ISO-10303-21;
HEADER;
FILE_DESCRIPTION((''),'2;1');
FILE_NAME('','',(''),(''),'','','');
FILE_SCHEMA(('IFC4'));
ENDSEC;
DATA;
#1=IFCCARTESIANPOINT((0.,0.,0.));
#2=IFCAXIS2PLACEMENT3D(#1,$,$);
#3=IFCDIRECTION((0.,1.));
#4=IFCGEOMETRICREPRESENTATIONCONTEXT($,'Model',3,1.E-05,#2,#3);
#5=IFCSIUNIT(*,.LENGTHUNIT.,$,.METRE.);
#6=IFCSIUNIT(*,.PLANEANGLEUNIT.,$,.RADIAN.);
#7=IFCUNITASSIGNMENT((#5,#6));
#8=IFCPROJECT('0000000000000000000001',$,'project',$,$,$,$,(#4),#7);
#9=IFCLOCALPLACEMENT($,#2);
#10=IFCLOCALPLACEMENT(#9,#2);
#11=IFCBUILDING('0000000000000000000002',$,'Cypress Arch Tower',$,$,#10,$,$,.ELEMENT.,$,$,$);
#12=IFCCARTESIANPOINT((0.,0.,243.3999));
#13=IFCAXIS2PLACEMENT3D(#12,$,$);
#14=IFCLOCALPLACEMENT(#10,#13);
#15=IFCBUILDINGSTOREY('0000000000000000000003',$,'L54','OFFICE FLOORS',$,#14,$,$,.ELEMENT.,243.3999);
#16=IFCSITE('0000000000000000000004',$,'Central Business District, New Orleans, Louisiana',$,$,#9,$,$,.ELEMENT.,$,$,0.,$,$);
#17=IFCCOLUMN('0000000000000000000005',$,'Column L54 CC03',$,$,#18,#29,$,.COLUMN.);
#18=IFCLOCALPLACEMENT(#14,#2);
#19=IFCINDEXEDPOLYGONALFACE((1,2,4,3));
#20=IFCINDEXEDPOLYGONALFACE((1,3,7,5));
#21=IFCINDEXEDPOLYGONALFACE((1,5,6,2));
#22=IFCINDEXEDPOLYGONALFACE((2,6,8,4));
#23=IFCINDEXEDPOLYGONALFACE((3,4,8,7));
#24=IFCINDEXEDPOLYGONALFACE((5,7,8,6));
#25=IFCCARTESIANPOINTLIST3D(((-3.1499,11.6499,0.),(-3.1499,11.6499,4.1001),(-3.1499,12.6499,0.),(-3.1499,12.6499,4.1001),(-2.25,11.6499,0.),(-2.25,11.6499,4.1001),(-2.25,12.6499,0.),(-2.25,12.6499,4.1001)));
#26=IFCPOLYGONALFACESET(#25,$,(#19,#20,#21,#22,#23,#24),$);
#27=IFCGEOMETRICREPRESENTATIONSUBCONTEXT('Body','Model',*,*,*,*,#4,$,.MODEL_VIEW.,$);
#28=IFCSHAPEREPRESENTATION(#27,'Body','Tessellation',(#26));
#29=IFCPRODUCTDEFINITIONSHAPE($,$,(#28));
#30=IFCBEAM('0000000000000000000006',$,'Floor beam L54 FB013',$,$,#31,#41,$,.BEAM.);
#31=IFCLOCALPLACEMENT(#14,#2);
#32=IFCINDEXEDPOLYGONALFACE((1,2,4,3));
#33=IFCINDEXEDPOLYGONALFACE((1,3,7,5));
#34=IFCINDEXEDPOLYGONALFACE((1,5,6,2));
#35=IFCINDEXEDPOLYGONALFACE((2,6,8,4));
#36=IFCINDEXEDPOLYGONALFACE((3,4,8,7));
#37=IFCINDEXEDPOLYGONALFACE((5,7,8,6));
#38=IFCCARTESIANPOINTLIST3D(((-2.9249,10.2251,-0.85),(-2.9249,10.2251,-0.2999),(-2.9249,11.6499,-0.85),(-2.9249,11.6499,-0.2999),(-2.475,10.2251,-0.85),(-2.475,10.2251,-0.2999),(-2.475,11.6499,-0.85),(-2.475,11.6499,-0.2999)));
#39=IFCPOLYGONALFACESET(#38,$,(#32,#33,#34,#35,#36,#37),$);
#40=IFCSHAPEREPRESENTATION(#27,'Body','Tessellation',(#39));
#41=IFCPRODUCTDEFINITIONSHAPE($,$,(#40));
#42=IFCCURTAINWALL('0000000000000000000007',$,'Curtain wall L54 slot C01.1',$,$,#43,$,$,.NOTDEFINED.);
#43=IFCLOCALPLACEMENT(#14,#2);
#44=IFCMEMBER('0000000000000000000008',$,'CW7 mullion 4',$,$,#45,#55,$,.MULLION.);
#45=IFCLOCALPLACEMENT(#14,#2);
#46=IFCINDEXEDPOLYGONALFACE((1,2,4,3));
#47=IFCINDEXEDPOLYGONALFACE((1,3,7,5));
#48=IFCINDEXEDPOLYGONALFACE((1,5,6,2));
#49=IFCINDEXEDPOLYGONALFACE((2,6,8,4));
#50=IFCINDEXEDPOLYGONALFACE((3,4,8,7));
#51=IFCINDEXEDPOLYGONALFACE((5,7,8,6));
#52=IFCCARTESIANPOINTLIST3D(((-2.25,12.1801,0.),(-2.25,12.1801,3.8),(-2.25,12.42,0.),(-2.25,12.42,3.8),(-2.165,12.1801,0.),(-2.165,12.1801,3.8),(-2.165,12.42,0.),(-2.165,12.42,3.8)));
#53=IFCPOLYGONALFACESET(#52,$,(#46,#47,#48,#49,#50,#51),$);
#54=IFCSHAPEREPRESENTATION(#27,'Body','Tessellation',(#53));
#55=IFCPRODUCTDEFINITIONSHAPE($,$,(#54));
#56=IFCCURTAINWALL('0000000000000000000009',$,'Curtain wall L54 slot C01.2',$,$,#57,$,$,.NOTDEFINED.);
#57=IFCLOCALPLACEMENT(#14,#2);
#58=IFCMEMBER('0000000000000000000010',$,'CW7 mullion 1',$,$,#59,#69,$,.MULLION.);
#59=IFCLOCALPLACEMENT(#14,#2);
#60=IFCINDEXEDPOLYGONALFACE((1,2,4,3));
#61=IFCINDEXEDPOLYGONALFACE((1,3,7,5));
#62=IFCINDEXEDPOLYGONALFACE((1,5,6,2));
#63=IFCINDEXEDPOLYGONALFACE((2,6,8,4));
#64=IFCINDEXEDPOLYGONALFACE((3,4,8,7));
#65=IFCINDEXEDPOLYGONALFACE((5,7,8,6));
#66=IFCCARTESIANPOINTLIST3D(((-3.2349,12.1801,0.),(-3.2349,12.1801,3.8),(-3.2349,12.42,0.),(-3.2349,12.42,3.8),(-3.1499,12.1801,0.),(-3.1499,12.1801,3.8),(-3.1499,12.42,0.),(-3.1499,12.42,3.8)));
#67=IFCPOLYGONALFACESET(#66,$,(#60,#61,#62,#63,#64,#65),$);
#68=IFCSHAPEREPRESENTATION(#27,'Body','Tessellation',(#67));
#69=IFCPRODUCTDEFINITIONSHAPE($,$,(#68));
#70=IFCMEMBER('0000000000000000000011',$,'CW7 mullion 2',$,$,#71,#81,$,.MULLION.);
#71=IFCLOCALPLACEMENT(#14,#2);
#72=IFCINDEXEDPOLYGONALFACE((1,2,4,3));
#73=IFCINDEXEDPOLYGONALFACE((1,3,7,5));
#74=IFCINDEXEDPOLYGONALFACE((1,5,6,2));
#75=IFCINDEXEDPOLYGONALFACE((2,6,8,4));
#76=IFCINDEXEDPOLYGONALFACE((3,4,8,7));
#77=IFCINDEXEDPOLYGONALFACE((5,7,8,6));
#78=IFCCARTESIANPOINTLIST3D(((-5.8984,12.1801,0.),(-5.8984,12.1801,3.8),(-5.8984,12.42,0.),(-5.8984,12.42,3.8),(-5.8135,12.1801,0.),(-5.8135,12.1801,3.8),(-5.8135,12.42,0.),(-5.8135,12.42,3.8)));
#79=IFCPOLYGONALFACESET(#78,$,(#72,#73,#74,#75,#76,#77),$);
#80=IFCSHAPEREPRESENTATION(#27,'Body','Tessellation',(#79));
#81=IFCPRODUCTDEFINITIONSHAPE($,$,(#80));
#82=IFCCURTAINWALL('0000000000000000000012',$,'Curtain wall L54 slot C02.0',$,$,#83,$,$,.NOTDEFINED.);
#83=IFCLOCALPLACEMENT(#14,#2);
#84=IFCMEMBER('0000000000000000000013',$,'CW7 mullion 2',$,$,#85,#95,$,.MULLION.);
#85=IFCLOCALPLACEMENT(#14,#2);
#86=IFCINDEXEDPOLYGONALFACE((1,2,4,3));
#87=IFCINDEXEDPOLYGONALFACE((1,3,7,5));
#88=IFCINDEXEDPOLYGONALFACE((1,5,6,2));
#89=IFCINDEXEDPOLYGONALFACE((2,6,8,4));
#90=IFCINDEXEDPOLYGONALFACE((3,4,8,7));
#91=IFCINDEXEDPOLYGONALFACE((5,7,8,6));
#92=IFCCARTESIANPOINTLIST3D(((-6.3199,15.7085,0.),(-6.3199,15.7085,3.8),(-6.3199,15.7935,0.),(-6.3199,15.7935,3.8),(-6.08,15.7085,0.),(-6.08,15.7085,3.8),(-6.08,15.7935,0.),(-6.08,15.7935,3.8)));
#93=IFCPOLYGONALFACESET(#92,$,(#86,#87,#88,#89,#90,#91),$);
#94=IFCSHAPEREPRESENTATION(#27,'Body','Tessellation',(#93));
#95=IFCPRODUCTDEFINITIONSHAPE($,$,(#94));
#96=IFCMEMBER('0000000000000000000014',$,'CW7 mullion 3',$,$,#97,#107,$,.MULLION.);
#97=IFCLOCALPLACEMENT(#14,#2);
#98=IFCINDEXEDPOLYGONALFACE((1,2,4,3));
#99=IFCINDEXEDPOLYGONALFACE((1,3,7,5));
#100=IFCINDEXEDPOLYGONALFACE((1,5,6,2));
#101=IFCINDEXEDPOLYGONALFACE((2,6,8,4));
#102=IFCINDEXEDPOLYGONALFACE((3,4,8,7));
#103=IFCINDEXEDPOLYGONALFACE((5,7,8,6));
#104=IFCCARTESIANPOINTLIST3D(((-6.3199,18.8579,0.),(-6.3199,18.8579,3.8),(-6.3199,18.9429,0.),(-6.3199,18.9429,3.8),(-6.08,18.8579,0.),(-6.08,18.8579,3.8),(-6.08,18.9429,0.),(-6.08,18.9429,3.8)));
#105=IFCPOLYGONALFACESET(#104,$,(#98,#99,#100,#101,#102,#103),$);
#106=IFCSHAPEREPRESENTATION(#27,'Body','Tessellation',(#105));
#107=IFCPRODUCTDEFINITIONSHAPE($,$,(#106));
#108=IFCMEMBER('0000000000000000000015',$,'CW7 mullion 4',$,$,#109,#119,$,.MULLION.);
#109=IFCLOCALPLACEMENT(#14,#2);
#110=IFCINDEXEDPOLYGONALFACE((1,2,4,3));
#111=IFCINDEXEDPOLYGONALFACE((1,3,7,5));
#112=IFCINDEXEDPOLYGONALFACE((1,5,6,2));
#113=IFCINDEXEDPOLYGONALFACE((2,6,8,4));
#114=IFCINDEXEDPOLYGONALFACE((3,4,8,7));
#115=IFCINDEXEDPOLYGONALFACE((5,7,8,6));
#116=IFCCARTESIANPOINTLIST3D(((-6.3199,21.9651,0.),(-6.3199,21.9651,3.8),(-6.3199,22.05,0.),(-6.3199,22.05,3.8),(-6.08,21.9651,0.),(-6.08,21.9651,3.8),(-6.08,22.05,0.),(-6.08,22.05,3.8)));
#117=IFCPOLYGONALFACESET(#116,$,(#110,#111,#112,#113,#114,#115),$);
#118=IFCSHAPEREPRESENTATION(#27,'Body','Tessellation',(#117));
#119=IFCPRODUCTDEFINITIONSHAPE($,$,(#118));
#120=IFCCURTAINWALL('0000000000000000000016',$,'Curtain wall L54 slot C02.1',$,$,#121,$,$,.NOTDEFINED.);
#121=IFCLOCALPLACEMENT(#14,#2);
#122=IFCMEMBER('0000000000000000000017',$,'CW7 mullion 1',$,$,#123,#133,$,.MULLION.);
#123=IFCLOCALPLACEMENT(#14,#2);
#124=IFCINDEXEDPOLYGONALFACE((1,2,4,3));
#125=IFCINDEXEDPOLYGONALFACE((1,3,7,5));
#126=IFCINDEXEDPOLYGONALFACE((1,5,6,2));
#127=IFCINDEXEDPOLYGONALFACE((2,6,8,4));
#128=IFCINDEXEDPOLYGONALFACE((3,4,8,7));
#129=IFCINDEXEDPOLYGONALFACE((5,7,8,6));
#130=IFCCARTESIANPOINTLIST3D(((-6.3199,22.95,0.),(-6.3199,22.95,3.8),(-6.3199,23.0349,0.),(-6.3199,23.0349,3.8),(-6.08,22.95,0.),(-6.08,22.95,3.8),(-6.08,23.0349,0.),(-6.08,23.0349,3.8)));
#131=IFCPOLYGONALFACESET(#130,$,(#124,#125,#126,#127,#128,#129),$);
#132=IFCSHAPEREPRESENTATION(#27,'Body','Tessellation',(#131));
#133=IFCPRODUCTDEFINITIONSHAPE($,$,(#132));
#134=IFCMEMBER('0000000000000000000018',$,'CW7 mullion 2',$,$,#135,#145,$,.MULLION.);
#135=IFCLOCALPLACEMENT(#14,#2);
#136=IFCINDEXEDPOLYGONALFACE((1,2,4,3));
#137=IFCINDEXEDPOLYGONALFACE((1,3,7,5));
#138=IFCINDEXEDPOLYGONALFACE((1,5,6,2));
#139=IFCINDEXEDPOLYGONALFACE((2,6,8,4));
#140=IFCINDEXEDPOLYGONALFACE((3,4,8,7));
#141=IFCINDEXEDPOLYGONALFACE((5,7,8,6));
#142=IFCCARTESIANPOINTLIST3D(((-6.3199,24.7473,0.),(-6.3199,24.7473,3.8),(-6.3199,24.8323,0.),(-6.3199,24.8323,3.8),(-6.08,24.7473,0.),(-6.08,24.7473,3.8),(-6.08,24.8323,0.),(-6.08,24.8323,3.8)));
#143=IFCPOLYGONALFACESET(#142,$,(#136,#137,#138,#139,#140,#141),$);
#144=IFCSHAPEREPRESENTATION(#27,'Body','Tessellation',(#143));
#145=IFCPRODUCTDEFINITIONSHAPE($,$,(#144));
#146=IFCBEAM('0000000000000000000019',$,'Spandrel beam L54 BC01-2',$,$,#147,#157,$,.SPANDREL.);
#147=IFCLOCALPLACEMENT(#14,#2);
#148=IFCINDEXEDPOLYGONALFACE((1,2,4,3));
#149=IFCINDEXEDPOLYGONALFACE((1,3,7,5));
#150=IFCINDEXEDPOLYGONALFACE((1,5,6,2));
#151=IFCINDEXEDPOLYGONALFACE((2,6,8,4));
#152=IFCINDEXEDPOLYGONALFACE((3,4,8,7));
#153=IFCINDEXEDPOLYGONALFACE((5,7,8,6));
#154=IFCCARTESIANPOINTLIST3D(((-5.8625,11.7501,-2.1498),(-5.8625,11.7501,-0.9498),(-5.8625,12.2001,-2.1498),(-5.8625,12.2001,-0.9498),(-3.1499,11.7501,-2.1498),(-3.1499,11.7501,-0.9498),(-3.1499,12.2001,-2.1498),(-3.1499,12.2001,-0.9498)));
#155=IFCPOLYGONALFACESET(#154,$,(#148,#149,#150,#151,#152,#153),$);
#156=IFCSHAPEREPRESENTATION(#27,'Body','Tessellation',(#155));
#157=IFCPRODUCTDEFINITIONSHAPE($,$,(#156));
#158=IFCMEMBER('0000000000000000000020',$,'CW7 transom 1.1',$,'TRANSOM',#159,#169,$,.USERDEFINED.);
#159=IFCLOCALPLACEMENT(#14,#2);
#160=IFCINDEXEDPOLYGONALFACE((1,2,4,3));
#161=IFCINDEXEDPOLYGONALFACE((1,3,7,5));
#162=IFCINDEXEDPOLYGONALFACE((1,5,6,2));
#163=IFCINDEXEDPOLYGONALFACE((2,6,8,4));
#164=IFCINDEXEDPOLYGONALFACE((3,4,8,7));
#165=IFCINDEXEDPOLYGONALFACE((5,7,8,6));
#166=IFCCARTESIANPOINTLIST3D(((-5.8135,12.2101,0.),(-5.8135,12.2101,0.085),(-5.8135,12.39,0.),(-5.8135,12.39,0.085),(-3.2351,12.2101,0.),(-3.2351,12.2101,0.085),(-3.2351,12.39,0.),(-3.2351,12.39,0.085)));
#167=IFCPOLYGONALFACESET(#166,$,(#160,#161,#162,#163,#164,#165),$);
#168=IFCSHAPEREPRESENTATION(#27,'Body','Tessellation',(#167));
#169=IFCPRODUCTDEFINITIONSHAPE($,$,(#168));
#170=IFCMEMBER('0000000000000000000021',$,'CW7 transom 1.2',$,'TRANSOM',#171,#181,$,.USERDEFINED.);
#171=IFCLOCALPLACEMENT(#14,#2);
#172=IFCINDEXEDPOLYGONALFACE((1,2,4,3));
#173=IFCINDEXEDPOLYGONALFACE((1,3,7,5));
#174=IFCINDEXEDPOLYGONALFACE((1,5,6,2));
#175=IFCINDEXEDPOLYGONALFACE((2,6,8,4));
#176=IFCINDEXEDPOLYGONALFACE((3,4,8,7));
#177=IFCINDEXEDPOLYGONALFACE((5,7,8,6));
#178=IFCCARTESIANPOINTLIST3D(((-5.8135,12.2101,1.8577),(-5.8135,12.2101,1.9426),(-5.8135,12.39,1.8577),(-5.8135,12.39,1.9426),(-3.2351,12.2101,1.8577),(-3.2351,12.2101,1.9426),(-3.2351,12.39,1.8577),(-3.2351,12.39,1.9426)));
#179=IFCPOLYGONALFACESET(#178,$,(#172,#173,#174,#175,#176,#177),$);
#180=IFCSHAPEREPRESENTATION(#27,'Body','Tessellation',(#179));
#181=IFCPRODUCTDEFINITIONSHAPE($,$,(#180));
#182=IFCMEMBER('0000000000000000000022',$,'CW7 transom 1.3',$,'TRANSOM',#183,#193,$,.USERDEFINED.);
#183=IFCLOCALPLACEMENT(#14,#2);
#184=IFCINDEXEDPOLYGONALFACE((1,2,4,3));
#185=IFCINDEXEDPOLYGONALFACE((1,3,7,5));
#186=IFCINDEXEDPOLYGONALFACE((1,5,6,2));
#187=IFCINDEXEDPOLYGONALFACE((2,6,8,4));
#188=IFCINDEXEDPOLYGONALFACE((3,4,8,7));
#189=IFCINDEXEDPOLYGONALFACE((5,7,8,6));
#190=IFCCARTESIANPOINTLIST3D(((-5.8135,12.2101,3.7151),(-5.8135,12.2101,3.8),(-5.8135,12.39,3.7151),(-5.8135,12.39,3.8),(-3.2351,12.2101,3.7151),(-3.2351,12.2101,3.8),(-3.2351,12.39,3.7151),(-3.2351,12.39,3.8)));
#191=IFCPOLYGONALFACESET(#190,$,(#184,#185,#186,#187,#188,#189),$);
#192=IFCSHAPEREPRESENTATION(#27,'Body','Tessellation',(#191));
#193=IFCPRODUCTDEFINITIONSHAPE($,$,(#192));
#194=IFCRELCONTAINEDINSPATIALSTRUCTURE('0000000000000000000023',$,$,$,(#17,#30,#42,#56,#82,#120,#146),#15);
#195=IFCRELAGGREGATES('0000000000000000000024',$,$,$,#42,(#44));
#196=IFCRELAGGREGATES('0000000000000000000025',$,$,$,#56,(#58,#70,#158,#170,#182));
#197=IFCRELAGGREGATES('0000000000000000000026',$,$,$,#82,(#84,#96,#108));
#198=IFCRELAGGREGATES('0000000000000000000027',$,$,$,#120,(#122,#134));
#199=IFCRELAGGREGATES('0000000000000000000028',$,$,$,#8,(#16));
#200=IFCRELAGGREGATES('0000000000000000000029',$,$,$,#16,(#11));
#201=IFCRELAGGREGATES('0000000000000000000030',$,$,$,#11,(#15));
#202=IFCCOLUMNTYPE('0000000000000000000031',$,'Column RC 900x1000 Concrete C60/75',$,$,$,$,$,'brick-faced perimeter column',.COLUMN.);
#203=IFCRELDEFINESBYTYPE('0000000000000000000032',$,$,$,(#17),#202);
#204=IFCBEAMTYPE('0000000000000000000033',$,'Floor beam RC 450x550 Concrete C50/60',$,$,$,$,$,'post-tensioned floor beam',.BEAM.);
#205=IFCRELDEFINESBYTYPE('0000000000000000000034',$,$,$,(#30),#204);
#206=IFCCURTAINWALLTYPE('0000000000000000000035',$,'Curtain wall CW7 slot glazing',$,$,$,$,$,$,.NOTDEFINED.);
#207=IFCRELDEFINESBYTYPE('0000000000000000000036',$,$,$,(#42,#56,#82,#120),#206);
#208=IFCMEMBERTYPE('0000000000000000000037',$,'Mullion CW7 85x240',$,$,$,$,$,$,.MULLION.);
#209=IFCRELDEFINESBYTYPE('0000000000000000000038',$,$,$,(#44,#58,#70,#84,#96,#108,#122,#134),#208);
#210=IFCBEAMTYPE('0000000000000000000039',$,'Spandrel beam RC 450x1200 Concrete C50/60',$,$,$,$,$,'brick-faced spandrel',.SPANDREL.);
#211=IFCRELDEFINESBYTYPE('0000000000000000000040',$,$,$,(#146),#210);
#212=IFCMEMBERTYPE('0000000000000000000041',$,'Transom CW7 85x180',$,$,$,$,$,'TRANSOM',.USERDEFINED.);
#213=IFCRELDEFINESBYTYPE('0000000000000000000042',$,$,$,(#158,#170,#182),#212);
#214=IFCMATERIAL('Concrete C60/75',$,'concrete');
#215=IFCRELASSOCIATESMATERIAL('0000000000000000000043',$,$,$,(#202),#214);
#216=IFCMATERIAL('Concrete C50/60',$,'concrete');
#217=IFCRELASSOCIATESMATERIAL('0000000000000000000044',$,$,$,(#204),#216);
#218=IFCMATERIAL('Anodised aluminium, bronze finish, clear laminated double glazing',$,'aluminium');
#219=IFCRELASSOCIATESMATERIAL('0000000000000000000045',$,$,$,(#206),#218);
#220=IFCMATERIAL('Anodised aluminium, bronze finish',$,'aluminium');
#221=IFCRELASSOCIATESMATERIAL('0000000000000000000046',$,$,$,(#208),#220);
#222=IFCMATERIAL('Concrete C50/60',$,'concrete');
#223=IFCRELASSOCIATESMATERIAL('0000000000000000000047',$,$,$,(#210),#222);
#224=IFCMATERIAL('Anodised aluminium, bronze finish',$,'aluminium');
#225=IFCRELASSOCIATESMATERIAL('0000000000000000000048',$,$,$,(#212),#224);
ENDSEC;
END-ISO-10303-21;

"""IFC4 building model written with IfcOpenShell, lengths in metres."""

from ifc_helpers import new_model, si_unit, direction, frame, origin, origin_2d, place, context, subcontext, project, spatial, rectangle, extrude, material, material_profile, profile_set, type_object, element, aggregate, save


model = new_model("IFC4")

# Units and contexts
model_context = context("Model", 3, precision=1e-05, world=origin(), true_north=direction((0.0, 1.0)))
body_context = subcontext(model_context, "Body", "Model", "MODEL_VIEW")
ifc_project = project(units=[si_unit("LENGTHUNIT", "METRE"), si_unit("PLANEANGLEUNIT", "RADIAN")], contexts=[model_context])

# Site, building, storey
site_placement = place(None, origin())
site = spatial("IfcSite", under=ifc_project, at=site_placement, Name="Central Business District, New Orleans, Louisiana", CompositionType="ELEMENT", RefElevation=0.0)
building_placement = place(site_placement, origin())
building = spatial("IfcBuilding", under=site, at=building_placement, Name="Cypress Arch Tower", CompositionType="ELEMENT")
storey_placement = place(building_placement, frame((0.0, 0.0, 243.3999)))
storey = spatial("IfcBuildingStorey", under=building, at=storey_placement, Name="L54", Description="OFFICE FLOORS", CompositionType="ELEMENT", Elevation=243.3999)

# Column
ifc_material_1 = material(Name="Concrete C60/75", Category="concrete")
ifc_material_profile_1 = material_profile(ifc_material_1, rectangle(XDim=0.8999, YDim=1.0, at=origin_2d()), Name="RC 900x1000")
ifc_profile_set_1 = profile_set([ifc_material_profile_1], Name="Concrete C60/75")
column_type = type_object("IfcColumnType", Name="Column RC 900x1000 Concrete C60/75", ElementType="brick-faced perimeter column", PredefinedType="COLUMN", material=ifc_profile_set_1)
column_placement = place(storey_placement, frame((-2.7, 12.1499, 0.0), z_axis=(0.0, 0.0, 1.0), x_axis=(-1.0, 0.0, 0.0)))
element("IfcColumn", 1, at=column_placement, inside=storey, type_object=column_type, Name="Column L54 CC03", PredefinedType="COLUMN", context=body_context, shape_type="SweptSolid", body=[
    extrude(rectangle(XDim=0.8999, YDim=1.0, at=origin_2d()), origin(), (0.0, 0.0, 1.0), 4.1001),
])

# Beam
ifc_material_2 = material(Name="Concrete C50/60", Category="concrete")
ifc_material_profile_2 = material_profile(ifc_material_2, rectangle(XDim=0.45, YDim=0.55, at=origin_2d()), Name="RC 450x550")
ifc_profile_set_2 = profile_set([ifc_material_profile_2], Name="Concrete C50/60")
beam_type_1 = type_object("IfcBeamType", Name="Floor beam RC 450x550 Concrete C50/60", ElementType="post-tensioned floor beam", PredefinedType="BEAM", material=ifc_profile_set_2)
beam_1_placement = place(storey_placement, frame((-2.7, 10.2251, -0.575), z_axis=(0.0, 1.0, 0.0), x_axis=(-1.0, 0.0, 0.0)))
element("IfcBeam", 2, at=beam_1_placement, inside=storey, type_object=beam_type_1, Name="Floor beam L54 FB013", PredefinedType="BEAM", context=body_context, shape_type="SweptSolid", body=[
    extrude(rectangle(XDim=0.45, YDim=0.55, at=origin_2d()), origin(), (0.0, 0.0, 1.0), 1.4248),
])

# Curtain wall, member
ifc_material_3 = material(Name="Anodised aluminium, bronze finish, clear laminated double glazing", Category="aluminium")
curtain_wall_type = type_object("IfcCurtainWallType", Name="Curtain wall CW7 slot glazing", PredefinedType="NOTDEFINED", material=ifc_material_3)
curtain_wall_1_placement = place(storey_placement, origin())
curtain_wall_1 = element("IfcCurtainWall", 3, at=curtain_wall_1_placement, inside=storey, type_object=curtain_wall_type, Name="Curtain wall L54 slot C01.1", PredefinedType="NOTDEFINED")
ifc_material_4 = material(Name="Anodised aluminium, bronze finish", Category="aluminium")
ifc_material_profile_3 = material_profile(ifc_material_4, rectangle(XDim=0.24, YDim=0.085, at=origin_2d()), Name="Mullion 85x240")
ifc_profile_set_3 = profile_set([ifc_material_profile_3], Name="Anodised aluminium, bronze finish")
member_type_1 = type_object("IfcMemberType", Name="Mullion CW7 85x240", PredefinedType="MULLION", material=ifc_profile_set_3)
member_1_placement = place(storey_placement, frame((-2.2075, 12.3, 0.0), z_axis=(0.0, 0.0, 1.0), x_axis=(0.0, -1.0, 0.0)))
member_1 = element("IfcMember", 4, at=member_1_placement, type_object=member_type_1, Name="CW7 mullion 4", PredefinedType="MULLION", context=body_context, shape_type="SweptSolid", body=[
    extrude(rectangle(XDim=0.24, YDim=0.085, at=origin_2d()), origin(), (0.0, 0.0, 1.0), 3.8),
])

# Curtain walls, members
curtain_wall_2_placement = place(storey_placement, origin())
curtain_wall_2 = element("IfcCurtainWall", 5, at=curtain_wall_2_placement, inside=storey, type_object=curtain_wall_type, Name="Curtain wall L54 slot C01.2", PredefinedType="NOTDEFINED")
member_2_placement = place(storey_placement, frame((-3.1924, 12.3, 0.0), z_axis=(0.0, 0.0, 1.0), x_axis=(0.0, -1.0, 0.0)))
member_2 = element("IfcMember", 6, at=member_2_placement, type_object=member_type_1, Name="CW7 mullion 1", PredefinedType="MULLION", context=body_context, shape_type="SweptSolid", body=[
    extrude(rectangle(XDim=0.24, YDim=0.085, at=origin_2d()), origin(), (0.0, 0.0, 1.0), 3.8),
])
member_3_placement = place(storey_placement, frame((-5.856, 12.3, 0.0), z_axis=(0.0, 0.0, 1.0), x_axis=(0.0, -1.0, 0.0)))
member_3 = element("IfcMember", 7, at=member_3_placement, type_object=member_type_1, Name="CW7 mullion 2", PredefinedType="MULLION", context=body_context, shape_type="SweptSolid", body=[
    extrude(rectangle(XDim=0.24, YDim=0.085, at=origin_2d()), origin(), (0.0, 0.0, 1.0), 3.8),
])
curtain_wall_3_placement = place(storey_placement, origin())
curtain_wall_3 = element("IfcCurtainWall", 8, at=curtain_wall_3_placement, inside=storey, type_object=curtain_wall_type, Name="Curtain wall L54 slot C02.0", PredefinedType="NOTDEFINED")
member_4_placement = place(storey_placement, frame((-6.2, 15.751, 0.0), z_axis=(0.0, 0.0, 1.0), x_axis=(-1.0, 0.0, 0.0)))
member_4 = element("IfcMember", 9, at=member_4_placement, type_object=member_type_1, Name="CW7 mullion 2", PredefinedType="MULLION", context=body_context, shape_type="SweptSolid", body=[
    extrude(rectangle(XDim=0.24, YDim=0.085, at=origin_2d()), origin(), (0.0, 0.0, 1.0), 3.8),
])
member_5_placement = place(storey_placement, frame((-6.2, 18.9004, 0.0), z_axis=(0.0, 0.0, 1.0), x_axis=(-1.0, 0.0, 0.0)))
member_5 = element("IfcMember", 10, at=member_5_placement, type_object=member_type_1, Name="CW7 mullion 3", PredefinedType="MULLION", context=body_context, shape_type="SweptSolid", body=[
    extrude(rectangle(XDim=0.24, YDim=0.085, at=origin_2d()), origin(), (0.0, 0.0, 1.0), 3.8),
])
member_6_placement = place(storey_placement, frame((-6.2, 22.0076, 0.0), z_axis=(0.0, 0.0, 1.0), x_axis=(-1.0, 0.0, 0.0)))
member_6 = element("IfcMember", 11, at=member_6_placement, type_object=member_type_1, Name="CW7 mullion 4", PredefinedType="MULLION", context=body_context, shape_type="SweptSolid", body=[
    extrude(rectangle(XDim=0.24, YDim=0.085, at=origin_2d()), origin(), (0.0, 0.0, 1.0), 3.8),
])
curtain_wall_4_placement = place(storey_placement, origin())
curtain_wall_4 = element("IfcCurtainWall", 12, at=curtain_wall_4_placement, inside=storey, type_object=curtain_wall_type, Name="Curtain wall L54 slot C02.1", PredefinedType="NOTDEFINED")
member_7_placement = place(storey_placement, frame((-6.2, 22.9924, 0.0), z_axis=(0.0, 0.0, 1.0), x_axis=(-1.0, 0.0, 0.0)))
member_7 = element("IfcMember", 13, at=member_7_placement, type_object=member_type_1, Name="CW7 mullion 1", PredefinedType="MULLION", context=body_context, shape_type="SweptSolid", body=[
    extrude(rectangle(XDim=0.24, YDim=0.085, at=origin_2d()), origin(), (0.0, 0.0, 1.0), 3.8),
])
member_8_placement = place(storey_placement, frame((-6.2, 24.7898, 0.0), z_axis=(0.0, 0.0, 1.0), x_axis=(-1.0, 0.0, 0.0)))
member_8 = element("IfcMember", 14, at=member_8_placement, type_object=member_type_1, Name="CW7 mullion 2", PredefinedType="MULLION", context=body_context, shape_type="SweptSolid", body=[
    extrude(rectangle(XDim=0.24, YDim=0.085, at=origin_2d()), origin(), (0.0, 0.0, 1.0), 3.8),
])

# Beam
ifc_material_5 = material(Name="Concrete C50/60", Category="concrete")
ifc_material_profile_4 = material_profile(ifc_material_5, rectangle(XDim=0.45, YDim=1.2, at=origin_2d()), Name="RC 450x1200")
ifc_profile_set_4 = profile_set([ifc_material_profile_4], Name="Concrete C50/60")
beam_type_2 = type_object("IfcBeamType", Name="Spandrel beam RC 450x1200 Concrete C50/60", ElementType="brick-faced spandrel", PredefinedType="SPANDREL", material=ifc_profile_set_4)
beam_2_placement = place(storey_placement, frame((-3.1499, 11.9751, -1.5498), z_axis=(-1.0, 0.0, 0.0), x_axis=(0.0, -1.0, 0.0)))
element("IfcBeam", 15, at=beam_2_placement, inside=storey, type_object=beam_type_2, Name="Spandrel beam L54 BC01-2", PredefinedType="SPANDREL", context=body_context, shape_type="SweptSolid", body=[
    extrude(rectangle(XDim=0.45, YDim=1.2, at=origin_2d()), origin(), (0.0, 0.0, 1.0), 2.7126),
])

# Members
ifc_material_6 = material(Name="Anodised aluminium, bronze finish", Category="aluminium")
ifc_material_profile_5 = material_profile(ifc_material_6, rectangle(XDim=0.1799, YDim=0.085, at=origin_2d()), Name="Transom 85x180")
ifc_profile_set_5 = profile_set([ifc_material_profile_5], Name="Anodised aluminium, bronze finish")
member_type_2 = type_object("IfcMemberType", Name="Transom CW7 85x180", ElementType="TRANSOM", PredefinedType="USERDEFINED", material=ifc_profile_set_5)
member_9_placement = place(storey_placement, frame((-3.2351, 12.3, 0.0425), z_axis=(-1.0, 0.0, 0.0), x_axis=(0.0, -1.0, 0.0)))
member_9 = element("IfcMember", 16, at=member_9_placement, type_object=member_type_2, Name="CW7 transom 1.1", ObjectType="TRANSOM", PredefinedType="USERDEFINED", context=body_context, shape_type="SweptSolid", body=[
    extrude(rectangle(XDim=0.1799, YDim=0.085, at=origin_2d()), origin(), (0.0, 0.0, 1.0), 2.5784),
])
member_10_placement = place(storey_placement, frame((-3.2351, 12.3, 1.9001), z_axis=(-1.0, 0.0, 0.0), x_axis=(0.0, -1.0, 0.0)))
member_10 = element("IfcMember", 17, at=member_10_placement, type_object=member_type_2, Name="CW7 transom 1.2", ObjectType="TRANSOM", PredefinedType="USERDEFINED", context=body_context, shape_type="SweptSolid", body=[
    extrude(rectangle(XDim=0.1799, YDim=0.085, at=origin_2d()), origin(), (0.0, 0.0, 1.0), 2.5784),
])
member_11_placement = place(storey_placement, frame((-3.2351, 12.3, 3.7576), z_axis=(-1.0, 0.0, 0.0), x_axis=(0.0, -1.0, 0.0)))
member_11 = element("IfcMember", 18, at=member_11_placement, type_object=member_type_2, Name="CW7 transom 1.3", ObjectType="TRANSOM", PredefinedType="USERDEFINED", context=body_context, shape_type="SweptSolid", body=[
    extrude(rectangle(XDim=0.1799, YDim=0.085, at=origin_2d()), origin(), (0.0, 0.0, 1.0), 2.5784),
])

aggregate(curtain_wall_1, [member_1])
aggregate(curtain_wall_2, [member_2, member_3, member_9, member_10, member_11])
aggregate(curtain_wall_3, [member_4, member_5, member_6])
aggregate(curtain_wall_4, [member_7, member_8])

save(model, "model.ifc")
